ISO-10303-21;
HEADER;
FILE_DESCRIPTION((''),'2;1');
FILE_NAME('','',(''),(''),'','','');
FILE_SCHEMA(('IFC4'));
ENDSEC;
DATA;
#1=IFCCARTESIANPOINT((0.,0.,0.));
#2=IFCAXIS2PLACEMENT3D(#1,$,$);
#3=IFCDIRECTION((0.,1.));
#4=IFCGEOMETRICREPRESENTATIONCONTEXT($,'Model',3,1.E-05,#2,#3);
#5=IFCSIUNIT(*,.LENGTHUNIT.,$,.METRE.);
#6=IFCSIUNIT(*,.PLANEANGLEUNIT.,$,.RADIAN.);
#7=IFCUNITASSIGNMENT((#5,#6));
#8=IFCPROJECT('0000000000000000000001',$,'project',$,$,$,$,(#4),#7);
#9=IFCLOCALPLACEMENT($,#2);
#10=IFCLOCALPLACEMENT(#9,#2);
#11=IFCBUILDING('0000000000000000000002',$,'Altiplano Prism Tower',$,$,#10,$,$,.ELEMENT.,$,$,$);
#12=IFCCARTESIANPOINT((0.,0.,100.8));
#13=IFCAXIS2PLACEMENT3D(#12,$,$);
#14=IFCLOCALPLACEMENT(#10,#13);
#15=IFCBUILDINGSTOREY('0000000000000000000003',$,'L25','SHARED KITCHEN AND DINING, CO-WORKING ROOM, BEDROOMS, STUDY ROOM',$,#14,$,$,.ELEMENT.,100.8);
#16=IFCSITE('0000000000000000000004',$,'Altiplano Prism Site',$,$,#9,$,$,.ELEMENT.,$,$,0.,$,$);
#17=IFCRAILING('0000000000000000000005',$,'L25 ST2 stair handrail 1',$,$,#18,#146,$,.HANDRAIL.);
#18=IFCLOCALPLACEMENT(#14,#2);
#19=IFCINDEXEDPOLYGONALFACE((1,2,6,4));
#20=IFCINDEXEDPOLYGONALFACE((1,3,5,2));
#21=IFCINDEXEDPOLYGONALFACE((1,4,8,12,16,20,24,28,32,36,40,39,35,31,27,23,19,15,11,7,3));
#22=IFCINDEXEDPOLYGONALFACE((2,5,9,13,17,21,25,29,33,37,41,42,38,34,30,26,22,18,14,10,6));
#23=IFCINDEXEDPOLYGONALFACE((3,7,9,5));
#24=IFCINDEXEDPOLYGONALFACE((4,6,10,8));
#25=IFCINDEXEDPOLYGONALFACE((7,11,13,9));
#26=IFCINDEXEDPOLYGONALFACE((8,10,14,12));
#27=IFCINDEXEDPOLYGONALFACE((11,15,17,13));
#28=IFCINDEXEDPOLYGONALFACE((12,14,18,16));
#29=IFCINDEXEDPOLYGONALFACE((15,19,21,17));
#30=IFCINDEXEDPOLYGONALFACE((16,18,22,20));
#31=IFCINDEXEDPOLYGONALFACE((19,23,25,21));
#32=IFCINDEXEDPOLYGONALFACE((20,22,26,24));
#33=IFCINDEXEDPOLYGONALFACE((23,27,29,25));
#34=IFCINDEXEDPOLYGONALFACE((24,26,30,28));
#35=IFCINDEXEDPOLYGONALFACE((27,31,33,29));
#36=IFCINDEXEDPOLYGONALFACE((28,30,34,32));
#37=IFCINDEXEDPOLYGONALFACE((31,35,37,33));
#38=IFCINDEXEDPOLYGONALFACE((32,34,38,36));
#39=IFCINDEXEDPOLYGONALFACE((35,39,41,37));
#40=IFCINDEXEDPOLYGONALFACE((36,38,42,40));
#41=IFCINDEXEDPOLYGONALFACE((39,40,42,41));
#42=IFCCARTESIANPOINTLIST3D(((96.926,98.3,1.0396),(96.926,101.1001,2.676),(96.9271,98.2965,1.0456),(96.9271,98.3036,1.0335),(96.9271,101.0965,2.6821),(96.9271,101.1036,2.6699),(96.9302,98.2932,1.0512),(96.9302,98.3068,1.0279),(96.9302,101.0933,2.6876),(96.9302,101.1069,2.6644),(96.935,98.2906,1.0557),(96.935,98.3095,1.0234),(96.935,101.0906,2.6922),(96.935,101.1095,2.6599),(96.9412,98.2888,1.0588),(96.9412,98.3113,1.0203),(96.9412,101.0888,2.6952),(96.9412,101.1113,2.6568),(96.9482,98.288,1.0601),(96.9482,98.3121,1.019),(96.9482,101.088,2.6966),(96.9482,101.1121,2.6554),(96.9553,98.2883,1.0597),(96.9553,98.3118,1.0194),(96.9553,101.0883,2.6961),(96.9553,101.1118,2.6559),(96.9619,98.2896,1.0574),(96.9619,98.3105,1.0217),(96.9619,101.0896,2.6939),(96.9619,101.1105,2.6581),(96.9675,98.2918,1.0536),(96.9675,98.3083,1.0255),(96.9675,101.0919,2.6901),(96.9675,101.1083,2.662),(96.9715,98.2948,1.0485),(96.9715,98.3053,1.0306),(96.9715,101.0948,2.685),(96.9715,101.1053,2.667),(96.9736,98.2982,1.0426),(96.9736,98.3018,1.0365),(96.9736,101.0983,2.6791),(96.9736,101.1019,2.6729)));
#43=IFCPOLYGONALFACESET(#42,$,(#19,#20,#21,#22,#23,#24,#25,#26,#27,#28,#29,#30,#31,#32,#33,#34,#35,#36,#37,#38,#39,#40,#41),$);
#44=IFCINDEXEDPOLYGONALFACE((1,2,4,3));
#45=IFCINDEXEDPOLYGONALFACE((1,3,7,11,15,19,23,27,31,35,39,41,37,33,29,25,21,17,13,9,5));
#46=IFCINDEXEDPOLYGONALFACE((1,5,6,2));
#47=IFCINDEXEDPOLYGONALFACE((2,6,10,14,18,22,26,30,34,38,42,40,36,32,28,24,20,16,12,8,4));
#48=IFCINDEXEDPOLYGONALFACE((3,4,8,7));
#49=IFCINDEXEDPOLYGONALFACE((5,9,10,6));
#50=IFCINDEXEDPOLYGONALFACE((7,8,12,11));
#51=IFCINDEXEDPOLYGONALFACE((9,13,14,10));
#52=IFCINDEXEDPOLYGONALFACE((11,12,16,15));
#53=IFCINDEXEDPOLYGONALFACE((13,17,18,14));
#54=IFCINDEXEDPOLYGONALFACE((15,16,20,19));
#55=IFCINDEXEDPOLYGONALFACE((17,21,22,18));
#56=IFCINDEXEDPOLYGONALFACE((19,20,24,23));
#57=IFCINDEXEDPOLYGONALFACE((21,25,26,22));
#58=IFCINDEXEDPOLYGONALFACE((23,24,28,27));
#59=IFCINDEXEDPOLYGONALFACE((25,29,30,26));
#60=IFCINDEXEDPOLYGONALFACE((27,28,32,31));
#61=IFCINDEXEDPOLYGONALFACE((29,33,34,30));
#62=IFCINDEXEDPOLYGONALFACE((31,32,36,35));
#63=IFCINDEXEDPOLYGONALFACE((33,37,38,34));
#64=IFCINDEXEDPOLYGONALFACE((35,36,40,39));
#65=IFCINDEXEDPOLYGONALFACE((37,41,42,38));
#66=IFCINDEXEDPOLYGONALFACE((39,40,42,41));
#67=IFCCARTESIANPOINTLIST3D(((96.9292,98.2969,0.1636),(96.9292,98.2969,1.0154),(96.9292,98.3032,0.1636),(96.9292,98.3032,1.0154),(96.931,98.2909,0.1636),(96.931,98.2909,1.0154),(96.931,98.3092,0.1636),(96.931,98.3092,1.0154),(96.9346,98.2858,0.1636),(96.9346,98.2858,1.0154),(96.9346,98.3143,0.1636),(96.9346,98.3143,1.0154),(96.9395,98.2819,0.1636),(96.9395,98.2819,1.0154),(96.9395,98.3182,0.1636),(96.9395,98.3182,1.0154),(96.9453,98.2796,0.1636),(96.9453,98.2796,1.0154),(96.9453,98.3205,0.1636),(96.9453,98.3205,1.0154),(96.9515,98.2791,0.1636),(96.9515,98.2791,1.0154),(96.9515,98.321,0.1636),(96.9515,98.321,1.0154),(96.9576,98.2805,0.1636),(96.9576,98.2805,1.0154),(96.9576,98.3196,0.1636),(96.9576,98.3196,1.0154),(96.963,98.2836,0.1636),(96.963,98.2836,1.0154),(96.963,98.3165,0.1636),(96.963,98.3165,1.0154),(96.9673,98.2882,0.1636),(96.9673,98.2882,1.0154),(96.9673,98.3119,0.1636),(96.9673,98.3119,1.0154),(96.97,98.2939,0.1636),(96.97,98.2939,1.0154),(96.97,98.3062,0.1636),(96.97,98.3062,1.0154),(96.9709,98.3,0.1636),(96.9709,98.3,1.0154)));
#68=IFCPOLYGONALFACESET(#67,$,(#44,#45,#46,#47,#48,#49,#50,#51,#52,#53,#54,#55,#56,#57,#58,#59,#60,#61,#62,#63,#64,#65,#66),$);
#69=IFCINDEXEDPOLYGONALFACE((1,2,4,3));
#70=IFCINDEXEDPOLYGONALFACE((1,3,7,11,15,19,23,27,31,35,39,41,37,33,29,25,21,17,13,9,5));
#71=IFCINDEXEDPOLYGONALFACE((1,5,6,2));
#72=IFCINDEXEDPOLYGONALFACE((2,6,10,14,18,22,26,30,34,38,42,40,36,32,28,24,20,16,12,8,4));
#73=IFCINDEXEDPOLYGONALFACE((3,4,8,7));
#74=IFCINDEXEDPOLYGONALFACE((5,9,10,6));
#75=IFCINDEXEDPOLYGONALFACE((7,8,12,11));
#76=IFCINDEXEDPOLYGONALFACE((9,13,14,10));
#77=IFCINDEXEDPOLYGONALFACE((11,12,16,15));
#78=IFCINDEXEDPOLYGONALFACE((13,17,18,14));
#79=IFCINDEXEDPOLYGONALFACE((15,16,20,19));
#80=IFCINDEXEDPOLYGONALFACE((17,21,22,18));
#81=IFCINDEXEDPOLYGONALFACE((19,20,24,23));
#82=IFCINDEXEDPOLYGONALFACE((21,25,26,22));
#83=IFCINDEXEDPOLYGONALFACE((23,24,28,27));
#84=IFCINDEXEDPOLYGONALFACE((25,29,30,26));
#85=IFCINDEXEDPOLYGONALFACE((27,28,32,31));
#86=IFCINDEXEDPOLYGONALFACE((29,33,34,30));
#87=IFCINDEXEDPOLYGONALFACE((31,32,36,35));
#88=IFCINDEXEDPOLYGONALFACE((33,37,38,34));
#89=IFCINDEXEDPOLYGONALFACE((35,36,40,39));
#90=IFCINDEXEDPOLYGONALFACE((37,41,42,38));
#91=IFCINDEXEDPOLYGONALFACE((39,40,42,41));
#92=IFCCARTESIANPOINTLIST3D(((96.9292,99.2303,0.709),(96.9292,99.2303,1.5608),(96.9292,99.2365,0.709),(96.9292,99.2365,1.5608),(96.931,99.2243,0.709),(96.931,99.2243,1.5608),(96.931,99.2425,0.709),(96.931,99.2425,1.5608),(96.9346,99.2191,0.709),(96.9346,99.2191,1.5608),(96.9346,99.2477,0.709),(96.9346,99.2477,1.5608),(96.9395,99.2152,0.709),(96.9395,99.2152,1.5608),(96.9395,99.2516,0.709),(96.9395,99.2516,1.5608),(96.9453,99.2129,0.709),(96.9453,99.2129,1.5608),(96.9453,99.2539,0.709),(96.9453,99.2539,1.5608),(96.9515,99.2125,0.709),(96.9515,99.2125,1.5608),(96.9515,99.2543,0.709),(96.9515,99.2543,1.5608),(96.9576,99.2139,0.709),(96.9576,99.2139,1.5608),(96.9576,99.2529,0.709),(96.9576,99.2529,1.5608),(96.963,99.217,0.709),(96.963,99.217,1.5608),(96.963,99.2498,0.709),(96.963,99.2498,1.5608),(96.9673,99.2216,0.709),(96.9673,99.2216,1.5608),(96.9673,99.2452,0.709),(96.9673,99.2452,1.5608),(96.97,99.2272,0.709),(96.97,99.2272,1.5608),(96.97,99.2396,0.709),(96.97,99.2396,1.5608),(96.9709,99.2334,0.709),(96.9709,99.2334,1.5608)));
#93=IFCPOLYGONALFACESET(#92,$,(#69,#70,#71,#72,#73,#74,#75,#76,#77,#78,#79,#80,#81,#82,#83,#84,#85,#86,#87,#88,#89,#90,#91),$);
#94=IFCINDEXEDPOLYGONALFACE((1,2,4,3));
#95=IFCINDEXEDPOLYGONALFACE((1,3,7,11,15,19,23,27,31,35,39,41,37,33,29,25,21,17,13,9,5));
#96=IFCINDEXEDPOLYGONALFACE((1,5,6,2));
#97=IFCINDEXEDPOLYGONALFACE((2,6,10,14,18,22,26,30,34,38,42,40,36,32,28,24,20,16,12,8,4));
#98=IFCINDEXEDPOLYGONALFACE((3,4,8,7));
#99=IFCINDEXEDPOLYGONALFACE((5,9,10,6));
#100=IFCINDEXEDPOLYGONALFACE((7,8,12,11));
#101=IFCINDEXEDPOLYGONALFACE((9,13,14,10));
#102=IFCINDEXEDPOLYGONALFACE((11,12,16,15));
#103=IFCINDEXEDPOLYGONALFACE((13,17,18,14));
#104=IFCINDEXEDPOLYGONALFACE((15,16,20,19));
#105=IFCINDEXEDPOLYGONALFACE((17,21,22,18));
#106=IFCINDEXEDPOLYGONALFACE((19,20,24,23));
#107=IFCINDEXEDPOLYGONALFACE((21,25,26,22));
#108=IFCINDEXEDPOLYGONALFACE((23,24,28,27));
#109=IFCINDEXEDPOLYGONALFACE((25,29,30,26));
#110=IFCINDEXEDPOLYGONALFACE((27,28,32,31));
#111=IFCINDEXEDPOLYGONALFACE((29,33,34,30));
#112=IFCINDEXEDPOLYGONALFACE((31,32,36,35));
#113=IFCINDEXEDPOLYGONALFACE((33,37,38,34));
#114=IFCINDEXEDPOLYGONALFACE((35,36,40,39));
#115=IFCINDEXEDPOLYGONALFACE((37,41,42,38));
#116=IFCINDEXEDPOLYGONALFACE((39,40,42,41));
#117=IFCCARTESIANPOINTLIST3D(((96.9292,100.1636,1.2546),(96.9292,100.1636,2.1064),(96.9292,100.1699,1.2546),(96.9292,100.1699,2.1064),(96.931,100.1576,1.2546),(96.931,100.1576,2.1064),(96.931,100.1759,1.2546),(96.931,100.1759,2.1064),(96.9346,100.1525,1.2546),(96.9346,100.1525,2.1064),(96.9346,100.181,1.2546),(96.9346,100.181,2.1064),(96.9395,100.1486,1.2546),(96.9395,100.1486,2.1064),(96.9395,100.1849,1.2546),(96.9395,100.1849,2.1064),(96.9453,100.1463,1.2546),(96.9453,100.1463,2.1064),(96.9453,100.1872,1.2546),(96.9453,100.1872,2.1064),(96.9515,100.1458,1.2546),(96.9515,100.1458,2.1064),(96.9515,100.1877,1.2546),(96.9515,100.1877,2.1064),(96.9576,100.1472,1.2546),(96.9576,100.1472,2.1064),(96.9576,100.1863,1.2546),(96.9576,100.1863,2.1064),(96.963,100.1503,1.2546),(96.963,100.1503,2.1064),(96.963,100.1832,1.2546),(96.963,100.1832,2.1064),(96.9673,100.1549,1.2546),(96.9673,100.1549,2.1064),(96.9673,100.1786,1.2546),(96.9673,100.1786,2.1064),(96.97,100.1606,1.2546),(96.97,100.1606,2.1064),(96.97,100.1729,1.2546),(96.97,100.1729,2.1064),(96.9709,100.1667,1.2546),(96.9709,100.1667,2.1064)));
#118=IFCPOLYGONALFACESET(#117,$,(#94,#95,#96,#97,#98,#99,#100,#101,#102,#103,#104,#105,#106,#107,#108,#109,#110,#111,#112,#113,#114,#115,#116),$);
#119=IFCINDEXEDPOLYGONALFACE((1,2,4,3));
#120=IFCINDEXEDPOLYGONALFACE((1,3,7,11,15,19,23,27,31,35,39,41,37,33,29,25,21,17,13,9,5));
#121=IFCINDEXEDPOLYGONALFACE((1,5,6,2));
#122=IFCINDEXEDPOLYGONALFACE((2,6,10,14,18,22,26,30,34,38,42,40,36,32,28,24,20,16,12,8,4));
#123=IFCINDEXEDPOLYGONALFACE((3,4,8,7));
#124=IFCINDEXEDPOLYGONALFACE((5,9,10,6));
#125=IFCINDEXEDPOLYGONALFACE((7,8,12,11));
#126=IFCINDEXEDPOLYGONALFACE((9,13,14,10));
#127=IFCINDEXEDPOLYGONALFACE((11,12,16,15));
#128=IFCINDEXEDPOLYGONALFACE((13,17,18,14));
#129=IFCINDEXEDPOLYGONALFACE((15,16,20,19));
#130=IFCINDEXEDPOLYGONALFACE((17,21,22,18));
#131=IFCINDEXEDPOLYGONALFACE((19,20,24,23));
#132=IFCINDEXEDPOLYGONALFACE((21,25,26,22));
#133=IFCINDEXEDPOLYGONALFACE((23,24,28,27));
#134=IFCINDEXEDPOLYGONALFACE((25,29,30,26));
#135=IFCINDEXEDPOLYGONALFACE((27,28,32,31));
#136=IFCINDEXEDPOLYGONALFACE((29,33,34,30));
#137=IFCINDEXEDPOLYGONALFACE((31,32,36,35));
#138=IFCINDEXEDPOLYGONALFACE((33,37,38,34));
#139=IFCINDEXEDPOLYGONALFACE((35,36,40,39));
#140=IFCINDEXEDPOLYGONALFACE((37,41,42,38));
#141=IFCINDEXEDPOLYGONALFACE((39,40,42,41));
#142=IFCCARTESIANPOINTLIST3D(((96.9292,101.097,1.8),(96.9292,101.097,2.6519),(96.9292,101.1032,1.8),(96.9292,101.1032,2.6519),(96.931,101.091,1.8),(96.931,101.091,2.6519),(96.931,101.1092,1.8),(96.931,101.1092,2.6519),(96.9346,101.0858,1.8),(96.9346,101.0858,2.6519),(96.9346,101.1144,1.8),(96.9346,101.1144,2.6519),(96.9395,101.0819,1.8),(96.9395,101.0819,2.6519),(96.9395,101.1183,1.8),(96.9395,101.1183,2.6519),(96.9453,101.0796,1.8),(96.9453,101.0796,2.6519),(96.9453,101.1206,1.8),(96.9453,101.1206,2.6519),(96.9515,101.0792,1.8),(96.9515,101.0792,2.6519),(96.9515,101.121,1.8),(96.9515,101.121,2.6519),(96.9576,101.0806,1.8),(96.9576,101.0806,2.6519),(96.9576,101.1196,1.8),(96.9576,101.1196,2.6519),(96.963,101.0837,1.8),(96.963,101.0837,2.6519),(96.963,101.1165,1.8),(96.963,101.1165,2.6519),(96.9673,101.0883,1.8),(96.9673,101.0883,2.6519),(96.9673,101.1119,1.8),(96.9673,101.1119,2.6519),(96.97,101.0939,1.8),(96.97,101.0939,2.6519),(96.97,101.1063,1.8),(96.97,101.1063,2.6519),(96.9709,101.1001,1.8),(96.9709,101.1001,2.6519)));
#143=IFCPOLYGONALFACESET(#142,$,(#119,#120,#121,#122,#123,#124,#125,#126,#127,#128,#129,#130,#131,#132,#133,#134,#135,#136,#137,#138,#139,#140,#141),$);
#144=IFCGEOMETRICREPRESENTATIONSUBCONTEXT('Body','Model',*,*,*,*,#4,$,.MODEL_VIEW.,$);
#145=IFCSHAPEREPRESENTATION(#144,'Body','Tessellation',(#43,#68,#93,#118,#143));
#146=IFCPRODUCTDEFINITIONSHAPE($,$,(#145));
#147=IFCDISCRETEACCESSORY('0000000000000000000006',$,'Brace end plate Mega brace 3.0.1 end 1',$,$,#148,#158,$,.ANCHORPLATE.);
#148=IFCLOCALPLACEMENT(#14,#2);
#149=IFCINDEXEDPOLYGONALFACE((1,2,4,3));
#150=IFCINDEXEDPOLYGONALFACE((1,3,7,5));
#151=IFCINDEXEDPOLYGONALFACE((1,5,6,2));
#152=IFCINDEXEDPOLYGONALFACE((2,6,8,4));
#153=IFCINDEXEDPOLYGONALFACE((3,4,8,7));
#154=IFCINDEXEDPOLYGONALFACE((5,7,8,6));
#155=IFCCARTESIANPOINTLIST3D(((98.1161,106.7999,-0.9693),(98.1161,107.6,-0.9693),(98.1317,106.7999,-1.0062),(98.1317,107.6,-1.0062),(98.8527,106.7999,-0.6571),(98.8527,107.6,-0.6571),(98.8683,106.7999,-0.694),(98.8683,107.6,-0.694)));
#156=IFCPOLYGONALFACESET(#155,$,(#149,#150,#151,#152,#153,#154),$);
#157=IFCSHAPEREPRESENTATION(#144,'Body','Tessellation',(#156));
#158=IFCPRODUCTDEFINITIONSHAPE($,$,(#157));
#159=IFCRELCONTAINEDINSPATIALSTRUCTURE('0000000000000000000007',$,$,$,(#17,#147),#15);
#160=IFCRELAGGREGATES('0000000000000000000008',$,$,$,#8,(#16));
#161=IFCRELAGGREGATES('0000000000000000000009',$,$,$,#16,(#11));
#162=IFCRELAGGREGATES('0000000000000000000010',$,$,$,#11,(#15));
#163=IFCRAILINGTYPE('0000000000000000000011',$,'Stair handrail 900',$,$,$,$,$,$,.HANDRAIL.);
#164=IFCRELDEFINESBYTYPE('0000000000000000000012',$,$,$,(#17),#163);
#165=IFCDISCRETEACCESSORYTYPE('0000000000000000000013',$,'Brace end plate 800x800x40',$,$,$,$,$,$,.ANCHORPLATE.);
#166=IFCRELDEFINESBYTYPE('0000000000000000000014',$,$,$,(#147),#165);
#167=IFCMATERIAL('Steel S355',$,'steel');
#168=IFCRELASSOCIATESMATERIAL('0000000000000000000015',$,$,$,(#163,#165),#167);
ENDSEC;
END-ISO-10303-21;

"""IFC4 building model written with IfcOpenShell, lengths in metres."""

from ifc_helpers import new_model, si_unit, direction, frame, origin, origin_2d, place, context, subcontext, project, spatial, rectangle, circle, extrude, material, material_profile, profile_set, type_object, element, save


model = new_model("IFC4")

# Units and contexts
model_context = context("Model", 3, precision=1e-05, world=origin(), true_north=direction((0.0, 1.0)))
body_context = subcontext(model_context, "Body", "Model", "MODEL_VIEW")
ifc_project = project(units=[si_unit("LENGTHUNIT", "METRE"), si_unit("PLANEANGLEUNIT", "RADIAN")], contexts=[model_context])

# Site, building, storey
site_placement = place(None, origin())
site = spatial("IfcSite", under=ifc_project, at=site_placement, Name="Altiplano Prism Site", CompositionType="ELEMENT", RefElevation=0.0)
building_placement = place(site_placement, origin())
building = spatial("IfcBuilding", under=site, at=building_placement, Name="Altiplano Prism Tower", CompositionType="ELEMENT")
storey_placement = place(building_placement, frame((0.0, 0.0, 100.8)))
storey = spatial("IfcBuildingStorey", under=building, at=storey_placement, Name="L25", Description="SHARED KITCHEN AND DINING, CO-WORKING ROOM, BEDROOMS, STUDY ROOM", CompositionType="ELEMENT", Elevation=100.8)

# Shared definitions
ifc_material_1 = material(Name="Steel S355", Category="steel")

# Railing
railing_type = type_object("IfcRailingType", Name="Stair handrail 900", PredefinedType="HANDRAIL", material=ifc_material_1)
railing_placement = place(storey_placement, frame((96.95, 98.3, 0.1636)))
element("IfcRailing", 1, at=railing_placement, inside=storey, type_object=railing_type, Name="L25 ST2 stair handrail 1", PredefinedType="HANDRAIL", context=body_context, shape_type="SweptSolid", body=[
    extrude(circle(Radius=0.0239, at=origin_2d()), frame((0.0, 0.0, 0.876), z_axis=(0.0, 0.863361, 0.504587), x_axis=(-1.0, 0.0, 0.0)), (0.0, 0.0, 1.0), 3.2432),
    extrude(circle(Radius=0.021, at=origin_2d()), origin(), (0.0, 0.0, 1.0), 0.8518),
    extrude(circle(Radius=0.021, at=origin_2d()), frame((0.0, 0.9333, 0.5454)), (0.0, 0.0, 1.0), 0.8518),
    extrude(circle(Radius=0.021, at=origin_2d()), frame((0.0, 1.8667, 1.0911)), (0.0, 0.0, 1.0), 0.8518),
    extrude(circle(Radius=0.021, at=origin_2d()), frame((0.0, 2.8, 1.6365)), (0.0, 0.0, 1.0), 0.8518),
])

# Discrete accessory
ifc_material_profile_1 = material_profile(ifc_material_1, rectangle(XDim=0.8, YDim=0.8, at=origin_2d()), Name="Brace end plate 800x800x40")
ifc_profile_set_1 = profile_set([ifc_material_profile_1], Name="Steel S355")
discrete_accessory_type = type_object("IfcDiscreteAccessoryType", Name="Brace end plate 800x800x40", PredefinedType="ANCHORPLATE", material=ifc_profile_set_1)
discrete_accessory_placement = place(storey_placement, frame((98.5, 107.2, -0.8501), z_axis=(-0.390237, 0.0, 0.920715), x_axis=(0.0, -1.0, 0.0)))
element("IfcDiscreteAccessory", 2, at=discrete_accessory_placement, inside=storey, type_object=discrete_accessory_type, Name="Brace end plate Mega brace 3.0.1 end 1", PredefinedType="ANCHORPLATE", context=body_context, shape_type="SweptSolid", body=[
    extrude(rectangle(XDim=0.8, YDim=0.8, at=origin_2d()), origin(), (0.0, 0.0, 1.0), 0.04),
])

save(model, "model.ifc")
